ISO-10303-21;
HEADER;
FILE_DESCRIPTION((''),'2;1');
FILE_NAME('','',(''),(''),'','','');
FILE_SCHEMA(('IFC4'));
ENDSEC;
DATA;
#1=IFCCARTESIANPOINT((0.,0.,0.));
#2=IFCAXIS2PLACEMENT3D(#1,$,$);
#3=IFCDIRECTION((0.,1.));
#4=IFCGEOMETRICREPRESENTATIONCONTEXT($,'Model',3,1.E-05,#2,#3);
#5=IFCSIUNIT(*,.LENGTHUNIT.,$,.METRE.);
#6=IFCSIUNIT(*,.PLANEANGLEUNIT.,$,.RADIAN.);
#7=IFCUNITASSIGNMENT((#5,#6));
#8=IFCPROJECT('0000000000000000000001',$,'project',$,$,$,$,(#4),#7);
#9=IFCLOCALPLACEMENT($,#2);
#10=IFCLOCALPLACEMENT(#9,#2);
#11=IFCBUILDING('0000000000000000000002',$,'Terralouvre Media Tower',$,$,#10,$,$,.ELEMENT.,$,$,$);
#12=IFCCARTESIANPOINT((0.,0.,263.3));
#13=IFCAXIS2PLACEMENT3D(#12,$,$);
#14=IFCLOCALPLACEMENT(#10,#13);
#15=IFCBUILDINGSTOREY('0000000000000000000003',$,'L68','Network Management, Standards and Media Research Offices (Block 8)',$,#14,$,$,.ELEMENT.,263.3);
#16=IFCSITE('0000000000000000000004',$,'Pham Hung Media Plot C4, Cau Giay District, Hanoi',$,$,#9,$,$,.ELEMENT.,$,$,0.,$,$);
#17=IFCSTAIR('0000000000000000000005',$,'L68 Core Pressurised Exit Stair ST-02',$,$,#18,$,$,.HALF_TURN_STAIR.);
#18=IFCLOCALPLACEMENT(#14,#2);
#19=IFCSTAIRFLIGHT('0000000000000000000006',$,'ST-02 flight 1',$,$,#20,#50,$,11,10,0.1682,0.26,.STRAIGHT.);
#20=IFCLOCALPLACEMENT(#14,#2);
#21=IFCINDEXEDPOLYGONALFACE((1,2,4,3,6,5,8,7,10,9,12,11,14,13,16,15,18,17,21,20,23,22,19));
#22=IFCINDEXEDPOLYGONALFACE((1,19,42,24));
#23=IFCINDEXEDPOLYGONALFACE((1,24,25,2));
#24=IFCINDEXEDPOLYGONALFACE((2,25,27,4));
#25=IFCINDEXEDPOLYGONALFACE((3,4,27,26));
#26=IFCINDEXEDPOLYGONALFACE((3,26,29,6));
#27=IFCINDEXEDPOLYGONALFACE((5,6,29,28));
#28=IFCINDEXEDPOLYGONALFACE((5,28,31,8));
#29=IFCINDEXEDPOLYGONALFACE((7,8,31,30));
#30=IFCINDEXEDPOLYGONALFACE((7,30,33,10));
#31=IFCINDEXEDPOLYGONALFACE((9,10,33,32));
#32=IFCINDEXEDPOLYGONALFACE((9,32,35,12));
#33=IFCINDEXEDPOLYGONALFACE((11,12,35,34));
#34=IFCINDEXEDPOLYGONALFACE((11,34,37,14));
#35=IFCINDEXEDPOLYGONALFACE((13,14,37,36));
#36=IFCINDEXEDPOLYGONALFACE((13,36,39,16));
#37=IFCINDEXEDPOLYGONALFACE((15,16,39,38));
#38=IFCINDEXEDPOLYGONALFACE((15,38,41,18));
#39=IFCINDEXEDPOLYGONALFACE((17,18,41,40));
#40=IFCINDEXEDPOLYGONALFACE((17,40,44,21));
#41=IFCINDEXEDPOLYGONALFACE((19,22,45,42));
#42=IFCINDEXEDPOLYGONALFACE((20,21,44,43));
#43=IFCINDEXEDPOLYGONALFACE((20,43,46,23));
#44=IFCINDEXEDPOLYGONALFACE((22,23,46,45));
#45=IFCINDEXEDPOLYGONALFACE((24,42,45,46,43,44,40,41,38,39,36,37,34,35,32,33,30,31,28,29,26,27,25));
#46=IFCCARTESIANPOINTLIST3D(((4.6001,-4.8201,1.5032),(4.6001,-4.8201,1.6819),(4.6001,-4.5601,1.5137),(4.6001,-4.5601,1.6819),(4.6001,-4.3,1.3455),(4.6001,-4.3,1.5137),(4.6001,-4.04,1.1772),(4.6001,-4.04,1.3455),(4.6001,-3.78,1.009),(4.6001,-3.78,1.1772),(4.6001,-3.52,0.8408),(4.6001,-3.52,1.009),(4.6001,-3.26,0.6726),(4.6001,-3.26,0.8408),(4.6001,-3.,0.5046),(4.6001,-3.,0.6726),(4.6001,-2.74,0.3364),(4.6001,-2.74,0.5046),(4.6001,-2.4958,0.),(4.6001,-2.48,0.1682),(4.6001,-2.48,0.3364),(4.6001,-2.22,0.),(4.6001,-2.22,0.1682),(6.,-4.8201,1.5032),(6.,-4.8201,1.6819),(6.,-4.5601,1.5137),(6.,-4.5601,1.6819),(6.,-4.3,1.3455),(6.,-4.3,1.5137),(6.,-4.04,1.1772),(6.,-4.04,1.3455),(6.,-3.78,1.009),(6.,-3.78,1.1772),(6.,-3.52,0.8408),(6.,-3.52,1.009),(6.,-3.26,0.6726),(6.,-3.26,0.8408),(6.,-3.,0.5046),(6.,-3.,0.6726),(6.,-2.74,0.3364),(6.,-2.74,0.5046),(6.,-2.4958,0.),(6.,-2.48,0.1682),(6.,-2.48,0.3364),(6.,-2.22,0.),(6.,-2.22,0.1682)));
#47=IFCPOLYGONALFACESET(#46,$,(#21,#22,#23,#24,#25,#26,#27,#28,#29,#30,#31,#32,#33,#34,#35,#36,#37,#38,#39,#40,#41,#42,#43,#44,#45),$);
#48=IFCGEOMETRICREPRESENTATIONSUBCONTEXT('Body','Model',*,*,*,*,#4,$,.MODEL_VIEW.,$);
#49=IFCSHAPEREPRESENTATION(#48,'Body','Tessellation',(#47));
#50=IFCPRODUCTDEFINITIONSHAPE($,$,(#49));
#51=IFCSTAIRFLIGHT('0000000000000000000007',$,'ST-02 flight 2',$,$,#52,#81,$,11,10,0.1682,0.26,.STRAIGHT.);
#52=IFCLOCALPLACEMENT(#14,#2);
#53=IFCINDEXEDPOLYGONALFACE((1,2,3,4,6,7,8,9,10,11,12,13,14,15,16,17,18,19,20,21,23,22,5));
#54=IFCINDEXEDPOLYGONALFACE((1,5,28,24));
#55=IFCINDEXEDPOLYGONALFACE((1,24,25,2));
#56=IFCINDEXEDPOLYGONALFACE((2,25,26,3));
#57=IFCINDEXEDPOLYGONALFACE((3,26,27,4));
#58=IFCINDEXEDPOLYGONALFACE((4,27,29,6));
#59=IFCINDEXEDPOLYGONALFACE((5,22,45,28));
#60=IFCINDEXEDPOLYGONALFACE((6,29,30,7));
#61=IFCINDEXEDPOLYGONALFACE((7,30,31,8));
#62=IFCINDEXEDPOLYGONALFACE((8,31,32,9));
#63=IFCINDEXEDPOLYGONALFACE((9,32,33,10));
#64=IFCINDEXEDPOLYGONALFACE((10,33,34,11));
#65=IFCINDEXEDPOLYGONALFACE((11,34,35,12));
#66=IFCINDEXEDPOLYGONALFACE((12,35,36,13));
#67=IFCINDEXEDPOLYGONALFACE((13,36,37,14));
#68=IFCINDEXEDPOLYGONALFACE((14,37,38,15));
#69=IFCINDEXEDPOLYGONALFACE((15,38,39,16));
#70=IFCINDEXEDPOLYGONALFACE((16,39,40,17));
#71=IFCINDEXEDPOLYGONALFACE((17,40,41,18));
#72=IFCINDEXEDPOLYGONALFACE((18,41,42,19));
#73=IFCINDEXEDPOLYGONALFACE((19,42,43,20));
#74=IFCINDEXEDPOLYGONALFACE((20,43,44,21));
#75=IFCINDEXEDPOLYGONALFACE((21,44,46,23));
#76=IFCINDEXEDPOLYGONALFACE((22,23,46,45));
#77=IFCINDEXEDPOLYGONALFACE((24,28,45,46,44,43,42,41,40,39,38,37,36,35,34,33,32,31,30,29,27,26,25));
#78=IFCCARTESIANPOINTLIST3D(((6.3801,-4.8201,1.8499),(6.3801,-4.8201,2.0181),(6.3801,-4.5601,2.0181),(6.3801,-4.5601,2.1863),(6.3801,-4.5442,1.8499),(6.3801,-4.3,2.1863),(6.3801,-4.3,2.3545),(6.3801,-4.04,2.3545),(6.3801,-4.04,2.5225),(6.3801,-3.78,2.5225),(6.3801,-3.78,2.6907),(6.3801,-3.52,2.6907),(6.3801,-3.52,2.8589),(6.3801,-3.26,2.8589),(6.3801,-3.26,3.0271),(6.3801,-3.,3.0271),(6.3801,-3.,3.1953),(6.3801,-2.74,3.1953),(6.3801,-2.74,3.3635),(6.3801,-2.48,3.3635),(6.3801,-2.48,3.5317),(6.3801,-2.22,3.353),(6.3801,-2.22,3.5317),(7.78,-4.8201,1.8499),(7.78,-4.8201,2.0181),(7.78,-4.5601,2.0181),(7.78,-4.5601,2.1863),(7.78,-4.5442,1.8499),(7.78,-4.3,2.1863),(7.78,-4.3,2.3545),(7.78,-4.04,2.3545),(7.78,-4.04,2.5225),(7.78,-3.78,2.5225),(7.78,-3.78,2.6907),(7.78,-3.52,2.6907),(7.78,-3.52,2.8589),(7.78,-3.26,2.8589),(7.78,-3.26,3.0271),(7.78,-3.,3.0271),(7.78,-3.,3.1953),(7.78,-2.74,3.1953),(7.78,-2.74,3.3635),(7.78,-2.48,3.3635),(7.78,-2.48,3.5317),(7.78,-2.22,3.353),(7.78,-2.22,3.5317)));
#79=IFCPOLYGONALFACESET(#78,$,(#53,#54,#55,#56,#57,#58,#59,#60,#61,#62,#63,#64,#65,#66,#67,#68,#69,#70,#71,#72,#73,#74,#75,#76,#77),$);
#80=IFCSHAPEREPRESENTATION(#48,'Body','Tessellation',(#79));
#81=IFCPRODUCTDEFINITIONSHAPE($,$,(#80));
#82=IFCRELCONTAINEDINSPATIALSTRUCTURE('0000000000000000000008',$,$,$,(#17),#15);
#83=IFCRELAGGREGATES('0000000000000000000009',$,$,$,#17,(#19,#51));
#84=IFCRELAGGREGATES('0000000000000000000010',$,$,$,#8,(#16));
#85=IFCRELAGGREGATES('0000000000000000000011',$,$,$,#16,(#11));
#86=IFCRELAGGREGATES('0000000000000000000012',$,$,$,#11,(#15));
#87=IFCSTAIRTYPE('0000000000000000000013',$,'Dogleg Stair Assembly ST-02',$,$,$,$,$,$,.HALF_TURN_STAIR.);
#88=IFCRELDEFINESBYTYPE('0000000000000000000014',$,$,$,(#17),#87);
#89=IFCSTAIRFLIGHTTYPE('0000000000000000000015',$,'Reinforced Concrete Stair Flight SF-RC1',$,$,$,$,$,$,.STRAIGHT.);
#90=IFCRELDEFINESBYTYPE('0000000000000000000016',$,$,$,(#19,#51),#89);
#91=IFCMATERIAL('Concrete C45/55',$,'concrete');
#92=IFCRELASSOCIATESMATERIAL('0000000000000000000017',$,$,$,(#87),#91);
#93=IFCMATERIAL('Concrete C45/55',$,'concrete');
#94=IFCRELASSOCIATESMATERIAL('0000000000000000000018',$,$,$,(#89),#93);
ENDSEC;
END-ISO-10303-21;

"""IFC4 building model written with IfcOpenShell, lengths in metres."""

from ifc_helpers import new_model, si_unit, direction, frame, origin, place, context, subcontext, project, spatial, polyline, outline, extrude, material, type_object, element, aggregate, save


model = new_model("IFC4")

# Units and contexts
model_context = context("Model", 3, precision=1e-05, world=origin(), true_north=direction((0.0, 1.0)))
body_context = subcontext(model_context, "Body", "Model", "MODEL_VIEW")
ifc_project = project(units=[si_unit("LENGTHUNIT", "METRE"), si_unit("PLANEANGLEUNIT", "RADIAN")], contexts=[model_context])

# Site, building, storey
site_placement = place(None, origin())
site = spatial("IfcSite", under=ifc_project, at=site_placement, Name="Pham Hung Media Plot C4, Cau Giay District, Hanoi", CompositionType="ELEMENT", RefElevation=0.0)
building_placement = place(site_placement, origin())
building = spatial("IfcBuilding", under=site, at=building_placement, Name="Terralouvre Media Tower", CompositionType="ELEMENT")
storey_placement = place(building_placement, frame((0.0, 0.0, 263.3)))
storey = spatial("IfcBuildingStorey", under=building, at=storey_placement, Name="L68", Description="Network Management, Standards and Media Research Offices (Block 8)", CompositionType="ELEMENT", Elevation=263.3)

# Stair, stair flights
ifc_material_1 = material(Name="Concrete C45/55", Category="concrete")
stair_type = type_object("IfcStairType", Name="Dogleg Stair Assembly ST-02", PredefinedType="HALF_TURN_STAIR", material=ifc_material_1)
stair_placement = place(storey_placement, origin())
stair = element("IfcStair", 1, at=stair_placement, inside=storey, type_object=stair_type, Name="L68 Core Pressurised Exit Stair ST-02", PredefinedType="HALF_TURN_STAIR")
ifc_material_2 = material(Name="Concrete C45/55", Category="concrete")
stair_flight_type = type_object("IfcStairFlightType", Name="Reinforced Concrete Stair Flight SF-RC1", PredefinedType="STRAIGHT", material=ifc_material_2)
stair_flight_1_placement = place(storey_placement, frame((5.3, -2.22, 0.0), z_axis=(0.0, 0.0, 1.0), x_axis=(0.0, -1.0, 0.0)))
stair_flight_1 = element("IfcStairFlight", 2, at=stair_flight_1_placement, type_object=stair_flight_type, Name="ST-02 flight 1", NumberOfRisers=11, NumberOfTreads=10, PredefinedType="STRAIGHT", RiserHeight=0.1682, TreadLength=0.26, context=body_context, shape_type="SweptSolid", body=[
    extrude(outline(polyline([(0.0, 0.0), (0.0, 0.1682), (0.26, 0.1682), (0.26, 0.3364), (0.52, 0.3364), (0.52, 0.5046), (0.78, 0.5046), (0.78, 0.6726), (1.04, 0.6726), (1.04, 0.8408), (1.3, 0.8408), (1.3, 1.009), (1.5601, 1.009), (1.5601, 1.1772), (1.8201, 1.1772), (1.8201, 1.3455), (2.0801, 1.3455), (2.0801, 1.5137), (2.3401, 1.5137), (2.3401, 1.6819), (2.6001, 1.6819), (2.6001, 1.8501), (2.6001, 1.5032), (0.2759, 0.0), (0.0, 0.0)])), frame((0.0, 0.7, 0.0), z_axis=(0.0, -1.0, 0.0), x_axis=(1.0, 0.0, 0.0)), (0.0, 0.0, 1.0), 1.3999),
])
stair_flight_2_placement = place(storey_placement, frame((7.0801, -4.8201, 1.8499), z_axis=(0.0, 0.0, 1.0), x_axis=(0.0, 1.0, 0.0)))
stair_flight_2 = element("IfcStairFlight", 3, at=stair_flight_2_placement, type_object=stair_flight_type, Name="ST-02 flight 2", NumberOfRisers=11, NumberOfTreads=10, PredefinedType="STRAIGHT", RiserHeight=0.1682, TreadLength=0.26, context=body_context, shape_type="SweptSolid", body=[
    extrude(outline(polyline([(0.0, 0.0), (0.0, 0.1682), (0.26, 0.1682), (0.26, 0.3364), (0.52, 0.3364), (0.52, 0.5046), (0.78, 0.5046), (0.78, 0.6726), (1.04, 0.6726), (1.04, 0.8408), (1.3, 0.8408), (1.3, 1.009), (1.5601, 1.009), (1.5601, 1.1772), (1.8201, 1.1772), (1.8201, 1.3455), (2.0801, 1.3455), (2.0801, 1.5137), (2.3401, 1.5137), (2.3401, 1.6819), (2.6001, 1.6819), (2.6001, 1.8501), (2.6001, 1.5032), (0.2759, 0.0), (0.0, 0.0)])), frame((0.0, 0.7, 0.0), z_axis=(0.0, -1.0, 0.0), x_axis=(1.0, 0.0, 0.0)), (0.0, 0.0, 1.0), 1.3999),
])
aggregate(stair, [stair_flight_1, stair_flight_2])

save(model, "model.ifc")
